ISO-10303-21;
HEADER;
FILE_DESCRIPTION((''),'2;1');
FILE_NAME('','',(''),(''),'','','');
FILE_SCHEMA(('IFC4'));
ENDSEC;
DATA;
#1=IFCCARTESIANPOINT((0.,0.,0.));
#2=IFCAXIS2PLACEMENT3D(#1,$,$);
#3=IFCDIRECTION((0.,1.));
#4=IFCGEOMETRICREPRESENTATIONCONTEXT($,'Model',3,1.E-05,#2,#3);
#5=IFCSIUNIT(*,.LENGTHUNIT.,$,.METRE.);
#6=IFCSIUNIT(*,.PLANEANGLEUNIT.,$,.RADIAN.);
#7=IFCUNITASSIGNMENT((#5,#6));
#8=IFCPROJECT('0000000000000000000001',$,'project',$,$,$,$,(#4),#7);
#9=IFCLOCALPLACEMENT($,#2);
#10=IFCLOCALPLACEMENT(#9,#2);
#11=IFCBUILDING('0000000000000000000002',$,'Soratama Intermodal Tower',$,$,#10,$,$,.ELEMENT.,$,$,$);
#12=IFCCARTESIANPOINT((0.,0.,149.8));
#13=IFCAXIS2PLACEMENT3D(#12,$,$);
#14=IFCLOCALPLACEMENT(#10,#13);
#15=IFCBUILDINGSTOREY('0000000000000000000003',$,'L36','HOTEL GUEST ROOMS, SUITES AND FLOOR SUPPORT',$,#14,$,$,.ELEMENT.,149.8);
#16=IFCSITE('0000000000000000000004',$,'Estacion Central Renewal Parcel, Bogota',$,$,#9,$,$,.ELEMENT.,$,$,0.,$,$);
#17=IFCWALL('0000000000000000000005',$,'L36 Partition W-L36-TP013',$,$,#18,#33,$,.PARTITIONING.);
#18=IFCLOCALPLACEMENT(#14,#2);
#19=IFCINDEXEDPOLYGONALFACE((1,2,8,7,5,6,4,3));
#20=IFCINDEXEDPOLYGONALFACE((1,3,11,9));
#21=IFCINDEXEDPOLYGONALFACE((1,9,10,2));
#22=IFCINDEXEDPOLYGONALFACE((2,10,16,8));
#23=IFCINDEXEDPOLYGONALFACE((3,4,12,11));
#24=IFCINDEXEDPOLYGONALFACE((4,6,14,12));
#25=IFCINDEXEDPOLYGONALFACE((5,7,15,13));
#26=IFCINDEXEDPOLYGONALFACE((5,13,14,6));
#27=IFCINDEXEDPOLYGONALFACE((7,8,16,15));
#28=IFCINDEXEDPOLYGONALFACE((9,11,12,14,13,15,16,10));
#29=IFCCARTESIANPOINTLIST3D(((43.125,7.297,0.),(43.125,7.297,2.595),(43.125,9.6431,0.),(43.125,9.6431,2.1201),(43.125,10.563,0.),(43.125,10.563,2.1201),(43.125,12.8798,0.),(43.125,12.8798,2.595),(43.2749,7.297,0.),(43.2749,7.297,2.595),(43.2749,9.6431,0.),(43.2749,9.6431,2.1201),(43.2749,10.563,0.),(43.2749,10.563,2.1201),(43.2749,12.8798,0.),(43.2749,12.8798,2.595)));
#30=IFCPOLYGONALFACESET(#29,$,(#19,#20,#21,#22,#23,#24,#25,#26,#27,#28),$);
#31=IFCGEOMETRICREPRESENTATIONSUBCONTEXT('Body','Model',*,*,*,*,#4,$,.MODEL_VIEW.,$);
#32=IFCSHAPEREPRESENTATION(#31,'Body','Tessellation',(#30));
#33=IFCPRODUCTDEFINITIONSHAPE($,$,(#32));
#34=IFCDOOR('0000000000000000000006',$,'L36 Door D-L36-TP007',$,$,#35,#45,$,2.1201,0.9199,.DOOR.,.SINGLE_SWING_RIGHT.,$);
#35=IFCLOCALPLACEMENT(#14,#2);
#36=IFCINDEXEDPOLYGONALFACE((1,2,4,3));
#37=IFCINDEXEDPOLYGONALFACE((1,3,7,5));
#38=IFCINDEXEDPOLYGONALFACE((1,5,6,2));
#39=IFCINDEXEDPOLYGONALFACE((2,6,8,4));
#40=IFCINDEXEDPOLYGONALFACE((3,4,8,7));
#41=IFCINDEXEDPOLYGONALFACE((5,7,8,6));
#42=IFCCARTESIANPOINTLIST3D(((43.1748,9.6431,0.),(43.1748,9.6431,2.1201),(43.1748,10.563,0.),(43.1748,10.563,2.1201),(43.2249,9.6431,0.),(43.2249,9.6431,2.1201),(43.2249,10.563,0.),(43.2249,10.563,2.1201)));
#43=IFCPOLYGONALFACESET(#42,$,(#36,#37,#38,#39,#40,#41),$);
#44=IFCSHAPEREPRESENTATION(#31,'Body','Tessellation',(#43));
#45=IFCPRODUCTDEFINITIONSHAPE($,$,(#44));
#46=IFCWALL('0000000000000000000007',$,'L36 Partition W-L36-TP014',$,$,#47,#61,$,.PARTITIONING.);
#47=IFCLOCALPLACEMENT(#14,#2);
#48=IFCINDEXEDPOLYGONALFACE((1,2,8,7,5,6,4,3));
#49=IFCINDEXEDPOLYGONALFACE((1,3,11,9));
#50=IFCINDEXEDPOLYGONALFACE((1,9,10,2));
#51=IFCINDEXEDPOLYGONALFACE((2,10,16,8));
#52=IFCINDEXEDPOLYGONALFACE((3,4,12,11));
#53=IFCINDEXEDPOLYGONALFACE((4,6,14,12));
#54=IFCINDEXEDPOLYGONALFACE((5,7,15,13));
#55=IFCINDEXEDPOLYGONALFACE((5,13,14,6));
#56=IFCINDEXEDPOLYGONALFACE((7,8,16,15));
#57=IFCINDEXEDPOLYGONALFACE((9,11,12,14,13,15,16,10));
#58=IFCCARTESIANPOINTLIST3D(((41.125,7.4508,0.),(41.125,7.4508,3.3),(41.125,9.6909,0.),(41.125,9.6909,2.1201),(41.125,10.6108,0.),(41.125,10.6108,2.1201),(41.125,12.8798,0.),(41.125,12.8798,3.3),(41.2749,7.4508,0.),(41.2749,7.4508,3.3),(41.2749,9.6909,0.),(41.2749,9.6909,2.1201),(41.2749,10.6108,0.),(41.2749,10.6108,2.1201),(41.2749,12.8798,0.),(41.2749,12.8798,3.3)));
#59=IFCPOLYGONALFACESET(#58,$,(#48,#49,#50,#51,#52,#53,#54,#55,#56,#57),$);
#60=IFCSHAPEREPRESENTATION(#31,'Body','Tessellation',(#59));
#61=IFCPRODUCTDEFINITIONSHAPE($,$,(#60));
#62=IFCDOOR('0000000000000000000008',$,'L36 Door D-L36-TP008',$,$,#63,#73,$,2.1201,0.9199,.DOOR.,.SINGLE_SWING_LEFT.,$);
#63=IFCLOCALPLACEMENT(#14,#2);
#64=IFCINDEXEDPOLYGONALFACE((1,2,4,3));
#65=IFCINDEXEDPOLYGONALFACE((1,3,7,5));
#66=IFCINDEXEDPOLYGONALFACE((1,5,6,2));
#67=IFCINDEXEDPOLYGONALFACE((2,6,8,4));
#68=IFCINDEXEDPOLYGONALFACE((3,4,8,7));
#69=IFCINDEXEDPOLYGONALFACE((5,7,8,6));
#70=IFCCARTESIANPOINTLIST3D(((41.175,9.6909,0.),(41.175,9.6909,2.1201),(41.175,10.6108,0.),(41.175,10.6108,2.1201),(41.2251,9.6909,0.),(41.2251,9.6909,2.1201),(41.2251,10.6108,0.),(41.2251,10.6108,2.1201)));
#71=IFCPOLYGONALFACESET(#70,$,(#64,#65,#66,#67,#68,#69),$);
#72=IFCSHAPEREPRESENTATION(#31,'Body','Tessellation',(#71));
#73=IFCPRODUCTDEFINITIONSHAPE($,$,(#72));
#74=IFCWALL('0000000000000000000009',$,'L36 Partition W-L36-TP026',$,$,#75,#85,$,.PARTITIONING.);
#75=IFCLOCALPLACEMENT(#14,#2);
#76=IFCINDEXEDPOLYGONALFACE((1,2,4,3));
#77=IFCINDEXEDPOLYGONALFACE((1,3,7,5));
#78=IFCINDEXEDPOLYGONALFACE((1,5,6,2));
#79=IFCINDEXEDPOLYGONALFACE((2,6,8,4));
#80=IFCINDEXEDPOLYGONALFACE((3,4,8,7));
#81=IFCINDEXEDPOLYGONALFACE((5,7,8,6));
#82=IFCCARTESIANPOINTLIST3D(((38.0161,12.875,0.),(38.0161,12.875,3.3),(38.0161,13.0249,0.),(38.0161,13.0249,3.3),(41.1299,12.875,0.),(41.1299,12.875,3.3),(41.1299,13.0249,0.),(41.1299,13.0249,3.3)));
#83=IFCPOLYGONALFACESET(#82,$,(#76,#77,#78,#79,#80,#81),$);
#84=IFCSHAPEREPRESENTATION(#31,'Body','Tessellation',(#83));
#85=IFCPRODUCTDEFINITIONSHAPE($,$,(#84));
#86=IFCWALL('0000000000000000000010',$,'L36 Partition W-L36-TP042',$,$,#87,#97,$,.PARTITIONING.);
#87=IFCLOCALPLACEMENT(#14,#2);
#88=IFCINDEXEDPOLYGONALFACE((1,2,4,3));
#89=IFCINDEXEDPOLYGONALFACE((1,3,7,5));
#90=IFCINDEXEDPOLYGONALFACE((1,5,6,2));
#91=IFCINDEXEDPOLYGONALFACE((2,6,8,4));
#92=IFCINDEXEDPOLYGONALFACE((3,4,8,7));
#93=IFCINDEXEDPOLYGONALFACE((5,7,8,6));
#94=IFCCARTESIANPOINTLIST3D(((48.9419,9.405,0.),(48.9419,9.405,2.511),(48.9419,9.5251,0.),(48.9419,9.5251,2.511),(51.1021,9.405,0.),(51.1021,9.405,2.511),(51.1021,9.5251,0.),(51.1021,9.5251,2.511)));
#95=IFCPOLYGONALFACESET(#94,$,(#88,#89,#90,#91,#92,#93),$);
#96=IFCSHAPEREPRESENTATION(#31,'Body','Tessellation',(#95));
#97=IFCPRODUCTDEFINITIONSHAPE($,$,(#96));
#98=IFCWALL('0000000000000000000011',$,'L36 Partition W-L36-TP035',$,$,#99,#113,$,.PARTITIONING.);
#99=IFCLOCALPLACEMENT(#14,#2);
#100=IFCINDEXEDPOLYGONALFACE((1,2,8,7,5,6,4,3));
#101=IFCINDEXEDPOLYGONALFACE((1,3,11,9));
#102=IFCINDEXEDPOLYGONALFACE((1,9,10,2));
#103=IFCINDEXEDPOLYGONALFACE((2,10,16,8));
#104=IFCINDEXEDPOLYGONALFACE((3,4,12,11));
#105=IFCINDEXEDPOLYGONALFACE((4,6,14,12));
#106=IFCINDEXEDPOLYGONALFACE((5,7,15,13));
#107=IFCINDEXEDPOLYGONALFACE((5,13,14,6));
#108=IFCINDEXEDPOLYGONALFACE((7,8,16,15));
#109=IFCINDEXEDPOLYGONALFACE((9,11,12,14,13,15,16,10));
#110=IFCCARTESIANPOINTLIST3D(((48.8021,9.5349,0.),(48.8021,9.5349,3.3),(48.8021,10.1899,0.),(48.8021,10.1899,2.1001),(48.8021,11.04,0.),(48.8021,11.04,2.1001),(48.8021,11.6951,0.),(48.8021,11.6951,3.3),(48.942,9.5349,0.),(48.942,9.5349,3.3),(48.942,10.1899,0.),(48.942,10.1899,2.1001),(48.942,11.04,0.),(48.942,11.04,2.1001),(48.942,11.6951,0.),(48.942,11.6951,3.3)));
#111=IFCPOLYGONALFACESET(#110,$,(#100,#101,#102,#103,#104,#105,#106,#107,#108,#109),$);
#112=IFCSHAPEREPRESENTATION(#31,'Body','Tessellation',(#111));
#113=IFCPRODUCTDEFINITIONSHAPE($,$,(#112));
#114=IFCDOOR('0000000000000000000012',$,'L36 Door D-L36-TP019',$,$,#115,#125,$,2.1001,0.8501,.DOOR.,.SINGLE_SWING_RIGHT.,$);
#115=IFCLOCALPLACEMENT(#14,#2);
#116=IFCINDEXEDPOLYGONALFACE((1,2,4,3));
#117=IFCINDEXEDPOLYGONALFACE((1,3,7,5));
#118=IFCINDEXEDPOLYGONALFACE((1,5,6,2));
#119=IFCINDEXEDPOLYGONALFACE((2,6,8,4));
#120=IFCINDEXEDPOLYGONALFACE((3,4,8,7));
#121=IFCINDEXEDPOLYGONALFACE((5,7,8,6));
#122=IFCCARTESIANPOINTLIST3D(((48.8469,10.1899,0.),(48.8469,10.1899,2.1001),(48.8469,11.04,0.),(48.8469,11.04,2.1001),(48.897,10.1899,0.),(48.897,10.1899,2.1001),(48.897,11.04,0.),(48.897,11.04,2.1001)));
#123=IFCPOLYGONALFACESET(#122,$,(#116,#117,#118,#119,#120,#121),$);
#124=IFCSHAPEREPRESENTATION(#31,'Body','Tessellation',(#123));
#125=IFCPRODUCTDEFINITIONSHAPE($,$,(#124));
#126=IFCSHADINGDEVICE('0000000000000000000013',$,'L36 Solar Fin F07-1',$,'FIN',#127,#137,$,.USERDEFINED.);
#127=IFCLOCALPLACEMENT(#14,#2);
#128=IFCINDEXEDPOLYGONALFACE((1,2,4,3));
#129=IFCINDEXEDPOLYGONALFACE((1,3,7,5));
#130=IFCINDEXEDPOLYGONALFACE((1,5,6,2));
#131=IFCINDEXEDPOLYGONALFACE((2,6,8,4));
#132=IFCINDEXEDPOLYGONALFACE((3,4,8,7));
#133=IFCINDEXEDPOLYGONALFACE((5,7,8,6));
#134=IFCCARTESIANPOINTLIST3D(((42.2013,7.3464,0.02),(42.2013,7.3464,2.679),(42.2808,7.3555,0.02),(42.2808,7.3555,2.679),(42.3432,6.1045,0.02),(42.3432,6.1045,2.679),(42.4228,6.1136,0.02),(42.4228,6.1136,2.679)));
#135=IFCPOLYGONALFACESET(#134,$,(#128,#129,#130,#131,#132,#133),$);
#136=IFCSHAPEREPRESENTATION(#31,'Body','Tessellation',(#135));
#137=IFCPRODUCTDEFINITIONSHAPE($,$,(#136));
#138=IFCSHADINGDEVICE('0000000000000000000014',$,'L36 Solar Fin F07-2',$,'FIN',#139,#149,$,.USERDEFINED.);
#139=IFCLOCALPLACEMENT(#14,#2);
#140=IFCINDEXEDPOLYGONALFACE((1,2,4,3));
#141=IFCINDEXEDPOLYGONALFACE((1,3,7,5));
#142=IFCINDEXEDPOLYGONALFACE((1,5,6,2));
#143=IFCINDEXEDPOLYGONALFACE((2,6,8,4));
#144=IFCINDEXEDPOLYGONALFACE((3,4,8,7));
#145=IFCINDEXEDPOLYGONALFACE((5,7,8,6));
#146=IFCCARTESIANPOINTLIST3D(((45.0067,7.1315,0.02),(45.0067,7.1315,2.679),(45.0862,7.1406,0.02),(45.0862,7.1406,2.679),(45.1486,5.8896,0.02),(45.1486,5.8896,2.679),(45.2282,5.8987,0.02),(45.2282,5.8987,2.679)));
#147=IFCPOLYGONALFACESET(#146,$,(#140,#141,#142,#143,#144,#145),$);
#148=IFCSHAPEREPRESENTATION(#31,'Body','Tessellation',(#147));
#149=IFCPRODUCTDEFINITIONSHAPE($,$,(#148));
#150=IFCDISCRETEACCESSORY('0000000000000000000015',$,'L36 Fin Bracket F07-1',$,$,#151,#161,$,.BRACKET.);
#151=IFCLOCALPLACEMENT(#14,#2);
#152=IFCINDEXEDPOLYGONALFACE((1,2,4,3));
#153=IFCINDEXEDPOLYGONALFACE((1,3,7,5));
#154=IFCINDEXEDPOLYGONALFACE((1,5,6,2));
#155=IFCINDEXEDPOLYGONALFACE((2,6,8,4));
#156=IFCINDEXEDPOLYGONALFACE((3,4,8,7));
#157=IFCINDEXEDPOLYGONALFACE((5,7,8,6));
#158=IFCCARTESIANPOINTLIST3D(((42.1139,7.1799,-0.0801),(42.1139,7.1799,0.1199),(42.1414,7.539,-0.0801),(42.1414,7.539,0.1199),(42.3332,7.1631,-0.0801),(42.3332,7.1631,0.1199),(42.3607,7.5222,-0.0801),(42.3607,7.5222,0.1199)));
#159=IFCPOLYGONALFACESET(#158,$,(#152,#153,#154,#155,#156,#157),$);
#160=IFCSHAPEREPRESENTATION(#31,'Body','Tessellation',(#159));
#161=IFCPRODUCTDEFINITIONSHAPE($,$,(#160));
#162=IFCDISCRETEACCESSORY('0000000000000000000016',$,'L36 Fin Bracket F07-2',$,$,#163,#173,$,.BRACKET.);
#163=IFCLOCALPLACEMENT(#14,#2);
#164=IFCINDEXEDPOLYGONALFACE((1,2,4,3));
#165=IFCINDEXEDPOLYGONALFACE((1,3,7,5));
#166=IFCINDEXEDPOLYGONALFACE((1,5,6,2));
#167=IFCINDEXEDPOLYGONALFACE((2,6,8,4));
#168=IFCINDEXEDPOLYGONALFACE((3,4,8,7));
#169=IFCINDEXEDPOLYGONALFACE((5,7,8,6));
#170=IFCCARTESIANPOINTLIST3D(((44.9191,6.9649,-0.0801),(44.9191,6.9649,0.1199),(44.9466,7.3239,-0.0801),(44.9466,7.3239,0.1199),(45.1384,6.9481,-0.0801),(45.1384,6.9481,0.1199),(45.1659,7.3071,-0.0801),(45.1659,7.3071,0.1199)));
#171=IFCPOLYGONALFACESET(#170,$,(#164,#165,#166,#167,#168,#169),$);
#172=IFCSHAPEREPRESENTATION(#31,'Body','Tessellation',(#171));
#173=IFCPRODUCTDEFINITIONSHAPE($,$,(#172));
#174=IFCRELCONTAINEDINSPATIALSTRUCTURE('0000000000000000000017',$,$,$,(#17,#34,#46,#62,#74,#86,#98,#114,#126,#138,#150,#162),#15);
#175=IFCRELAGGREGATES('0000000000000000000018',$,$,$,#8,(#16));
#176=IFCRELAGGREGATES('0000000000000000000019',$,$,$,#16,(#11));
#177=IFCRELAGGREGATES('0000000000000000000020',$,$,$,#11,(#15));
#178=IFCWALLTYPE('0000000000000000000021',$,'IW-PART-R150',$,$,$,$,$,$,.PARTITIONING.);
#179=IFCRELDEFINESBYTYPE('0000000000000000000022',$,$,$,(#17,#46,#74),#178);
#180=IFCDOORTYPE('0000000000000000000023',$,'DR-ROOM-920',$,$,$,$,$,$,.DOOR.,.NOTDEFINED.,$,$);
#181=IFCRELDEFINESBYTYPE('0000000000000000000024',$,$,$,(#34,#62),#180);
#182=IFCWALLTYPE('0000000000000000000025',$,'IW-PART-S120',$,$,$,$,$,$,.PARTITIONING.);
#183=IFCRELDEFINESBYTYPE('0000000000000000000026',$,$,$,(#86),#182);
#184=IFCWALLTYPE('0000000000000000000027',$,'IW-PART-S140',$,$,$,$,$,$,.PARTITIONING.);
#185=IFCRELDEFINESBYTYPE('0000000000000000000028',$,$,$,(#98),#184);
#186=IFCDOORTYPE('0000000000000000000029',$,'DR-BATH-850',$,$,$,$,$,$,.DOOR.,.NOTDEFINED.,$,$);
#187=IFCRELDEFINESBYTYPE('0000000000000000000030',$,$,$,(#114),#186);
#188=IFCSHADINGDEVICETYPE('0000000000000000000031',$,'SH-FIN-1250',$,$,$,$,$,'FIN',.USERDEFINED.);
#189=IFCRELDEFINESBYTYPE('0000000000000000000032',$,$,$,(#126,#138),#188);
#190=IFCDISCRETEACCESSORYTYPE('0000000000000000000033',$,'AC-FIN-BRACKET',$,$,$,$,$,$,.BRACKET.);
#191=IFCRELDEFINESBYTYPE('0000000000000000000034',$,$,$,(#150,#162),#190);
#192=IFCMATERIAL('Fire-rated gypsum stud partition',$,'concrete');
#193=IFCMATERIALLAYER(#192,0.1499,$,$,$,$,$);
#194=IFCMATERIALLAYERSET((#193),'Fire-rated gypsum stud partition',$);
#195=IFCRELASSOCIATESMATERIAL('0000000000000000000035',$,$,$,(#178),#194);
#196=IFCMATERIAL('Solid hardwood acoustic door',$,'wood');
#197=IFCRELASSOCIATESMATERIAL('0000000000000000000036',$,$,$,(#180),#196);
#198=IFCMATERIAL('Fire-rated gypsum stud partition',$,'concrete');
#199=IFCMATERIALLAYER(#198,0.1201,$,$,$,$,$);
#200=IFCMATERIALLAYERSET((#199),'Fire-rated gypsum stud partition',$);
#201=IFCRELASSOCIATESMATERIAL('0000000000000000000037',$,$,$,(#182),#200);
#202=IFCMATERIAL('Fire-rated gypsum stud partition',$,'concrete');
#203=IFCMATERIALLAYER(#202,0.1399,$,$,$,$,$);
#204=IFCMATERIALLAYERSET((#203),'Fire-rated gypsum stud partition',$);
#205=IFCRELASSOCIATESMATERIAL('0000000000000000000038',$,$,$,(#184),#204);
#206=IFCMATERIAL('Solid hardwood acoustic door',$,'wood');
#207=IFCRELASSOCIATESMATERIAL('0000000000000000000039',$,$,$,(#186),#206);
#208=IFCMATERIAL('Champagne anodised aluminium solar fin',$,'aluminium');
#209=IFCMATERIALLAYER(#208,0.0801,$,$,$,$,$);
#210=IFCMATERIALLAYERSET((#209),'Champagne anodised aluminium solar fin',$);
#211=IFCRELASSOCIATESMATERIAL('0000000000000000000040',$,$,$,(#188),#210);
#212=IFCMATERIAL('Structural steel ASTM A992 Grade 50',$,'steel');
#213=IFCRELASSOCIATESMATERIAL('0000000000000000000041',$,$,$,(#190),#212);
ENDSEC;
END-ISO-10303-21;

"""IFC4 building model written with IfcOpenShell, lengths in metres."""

from ifc_helpers import new_model, si_unit, direction, frame, frame_2d, origin, origin_2d, place, context, subcontext, project, spatial, rectangle, extrude, material, layer, layer_set, type_object, element, fill, save


model = new_model("IFC4")

# Units and contexts
model_context = context("Model", 3, precision=1e-05, world=origin(), true_north=direction((0.0, 1.0)))
body_context = subcontext(model_context, "Body", "Model", "MODEL_VIEW")
ifc_project = project(units=[si_unit("LENGTHUNIT", "METRE"), si_unit("PLANEANGLEUNIT", "RADIAN")], contexts=[model_context])

# Site, building, storey
site_placement = place(None, origin())
site = spatial("IfcSite", under=ifc_project, at=site_placement, Name="Estacion Central Renewal Parcel, Bogota", CompositionType="ELEMENT", RefElevation=0.0)
building_placement = place(site_placement, origin())
building = spatial("IfcBuilding", under=site, at=building_placement, Name="Soratama Intermodal Tower", CompositionType="ELEMENT")
storey_placement = place(building_placement, frame((0.0, 0.0, 149.8)))
storey = spatial("IfcBuildingStorey", under=building, at=storey_placement, Name="L36", Description="HOTEL GUEST ROOMS, SUITES AND FLOOR SUPPORT", CompositionType="ELEMENT", Elevation=149.8)

# Walls, openings, doors
ifc_material_1 = material(Name="Fire-rated gypsum stud partition", Category="concrete")
ifc_layer_1 = layer(ifc_material_1, 0.1499)
ifc_layer_set_1 = layer_set([ifc_layer_1], Name="Fire-rated gypsum stud partition")
wall_type_1 = type_object("IfcWallType", Name="IW-PART-R150", PredefinedType="PARTITIONING", material=ifc_layer_set_1)
wall_1_placement = place(storey_placement, frame((43.2, 12.8799, 0.0), z_axis=(0.0, 0.0, 1.0), x_axis=(0.0, -1.0, 0.0)))
wall_1 = element("IfcWall", 1, at=wall_1_placement, inside=storey, type_object=wall_type_1, Name="L36 Partition W-L36-TP013", PredefinedType="PARTITIONING", context=body_context, shape_type="SweptSolid", body=[
    extrude(rectangle(XDim=5.5828, YDim=0.1499, at=frame_2d((2.7915, 0.0))), origin(), (0.0, 0.0, 1.0), 2.595),
])
opening_1_placement = place(wall_1_placement, frame((2.3169, 0.0, 0.0)))
opening_1 = element("IfcOpeningElement", 2, at=opening_1_placement, cuts=wall_1, PredefinedType="OPENING", context=body_context, shape_type="SweptSolid", body=[
    extrude(rectangle(XDim=0.9199, YDim=2.1201, at=frame_2d((0.46, 1.0601))), frame((0.0, 0.085, 0.0), z_axis=(0.0, -1.0, 0.0), x_axis=(1.0, 0.0, 0.0)), (0.0, 0.0, 1.0), 0.1699),
])
ifc_material_2 = material(Name="Solid hardwood acoustic door", Category="wood")
door_type_1 = type_object("IfcDoorType", Name="DR-ROOM-920", OperationType="NOTDEFINED", PredefinedType="DOOR", material=ifc_material_2)
door_1_placement = place(opening_1_placement, origin())
door_1 = element("IfcDoor", 3, at=door_1_placement, inside=storey, type_object=door_type_1, Name="L36 Door D-L36-TP007", OperationType="SINGLE_SWING_RIGHT", OverallHeight=2.1201, OverallWidth=0.9199, PredefinedType="DOOR", context=body_context, shape_type="SweptSolid", body=[
    extrude(rectangle(XDim=0.9199, YDim=2.1201, at=frame_2d((0.46, 1.0601))), frame((0.0, 0.0249, 0.0), z_axis=(0.0, -1.0, 0.0), x_axis=(1.0, 0.0, 0.0)), (0.0, 0.0, 1.0), 0.05),
])
fill(opening_1, door_1)
wall_2_placement = place(storey_placement, frame((41.2, 7.4509, 0.0), z_axis=(0.0, 0.0, 1.0), x_axis=(0.0, 1.0, 0.0)))
wall_2 = element("IfcWall", 4, at=wall_2_placement, inside=storey, type_object=wall_type_1, Name="L36 Partition W-L36-TP014", PredefinedType="PARTITIONING", context=body_context, shape_type="SweptSolid", body=[
    extrude(rectangle(XDim=5.429, YDim=0.1499, at=frame_2d((2.7144, 0.0))), origin(), (0.0, 0.0, 1.0), 3.3),
])
opening_2_placement = place(wall_2_placement, frame((2.24, 0.0, 0.0)))
opening_2 = element("IfcOpeningElement", 5, at=opening_2_placement, cuts=wall_2, PredefinedType="OPENING", context=body_context, shape_type="SweptSolid", body=[
    extrude(rectangle(XDim=0.9199, YDim=2.1201, at=frame_2d((0.46, 1.0601))), frame((0.0, 0.085, 0.0), z_axis=(0.0, -1.0, 0.0), x_axis=(1.0, 0.0, 0.0)), (0.0, 0.0, 1.0), 0.1699),
])
door_2_placement = place(opening_2_placement, origin())
door_2 = element("IfcDoor", 6, at=door_2_placement, inside=storey, type_object=door_type_1, Name="L36 Door D-L36-TP008", OperationType="SINGLE_SWING_LEFT", OverallHeight=2.1201, OverallWidth=0.9199, PredefinedType="DOOR", context=body_context, shape_type="SweptSolid", body=[
    extrude(rectangle(XDim=0.9199, YDim=2.1201, at=frame_2d((0.46, 1.0601))), frame((0.0, 0.0249, 0.0), z_axis=(0.0, -1.0, 0.0), x_axis=(1.0, 0.0, 0.0)), (0.0, 0.0, 1.0), 0.05),
])
fill(opening_2, door_2)

# Walls
wall_3_placement = place(storey_placement, frame((41.1299, 12.95, 0.0), z_axis=(0.0, 0.0, 1.0), x_axis=(-1.0, 0.0, 0.0)))
element("IfcWall", 7, at=wall_3_placement, inside=storey, type_object=wall_type_1, Name="L36 Partition W-L36-TP026", PredefinedType="PARTITIONING", context=body_context, shape_type="SweptSolid", body=[
    extrude(rectangle(XDim=3.1138, YDim=0.1499, at=frame_2d((1.5569, 0.0))), origin(), (0.0, 0.0, 1.0), 3.3),
])
ifc_material_3 = material(Name="Fire-rated gypsum stud partition", Category="concrete")
ifc_layer_2 = layer(ifc_material_3, 0.1201)
ifc_layer_set_2 = layer_set([ifc_layer_2], Name="Fire-rated gypsum stud partition")
wall_type_2 = type_object("IfcWallType", Name="IW-PART-S120", PredefinedType="PARTITIONING", material=ifc_layer_set_2)
wall_4_placement = place(storey_placement, frame((48.9419, 9.4651, 0.0), z_axis=(0.0, 0.0, 1.0), x_axis=(1.0, 0.0, 0.0)))
element("IfcWall", 8, at=wall_4_placement, inside=storey, type_object=wall_type_2, Name="L36 Partition W-L36-TP042", PredefinedType="PARTITIONING", context=body_context, shape_type="SweptSolid", body=[
    extrude(rectangle(XDim=2.1602, YDim=0.1201, at=frame_2d((1.0801, 0.0))), origin(), (0.0, 0.0, 1.0), 2.511),
])

# Wall, opening, door
ifc_material_4 = material(Name="Fire-rated gypsum stud partition", Category="concrete")
ifc_layer_3 = layer(ifc_material_4, 0.1399)
ifc_layer_set_3 = layer_set([ifc_layer_3], Name="Fire-rated gypsum stud partition")
wall_type_3 = type_object("IfcWallType", Name="IW-PART-S140", PredefinedType="PARTITIONING", material=ifc_layer_set_3)
wall_5_placement = place(storey_placement, frame((48.8721, 11.6951, 0.0), z_axis=(0.0, 0.0, 1.0), x_axis=(0.0, -1.0, 0.0)))
wall_5 = element("IfcWall", 9, at=wall_5_placement, inside=storey, type_object=wall_type_3, Name="L36 Partition W-L36-TP035", PredefinedType="PARTITIONING", context=body_context, shape_type="SweptSolid", body=[
    extrude(rectangle(XDim=2.1602, YDim=0.1399, at=frame_2d((1.0801, 0.0))), origin(), (0.0, 0.0, 1.0), 3.3),
])
opening_3_placement = place(wall_5_placement, frame((0.655, 0.0, 0.0)))
opening_3 = element("IfcOpeningElement", 10, at=opening_3_placement, cuts=wall_5, PredefinedType="OPENING", context=body_context, shape_type="SweptSolid", body=[
    extrude(rectangle(XDim=0.8501, YDim=2.1001, at=frame_2d((0.425, 1.05))), frame((0.0, 0.0798, 0.0), z_axis=(0.0, -1.0, 0.0), x_axis=(1.0, 0.0, 0.0)), (0.0, 0.0, 1.0), 0.1599),
])
ifc_material_5 = material(Name="Solid hardwood acoustic door", Category="wood")
door_type_2 = type_object("IfcDoorType", Name="DR-BATH-850", OperationType="NOTDEFINED", PredefinedType="DOOR", material=ifc_material_5)
door_3_placement = place(opening_3_placement, origin())
door_3 = element("IfcDoor", 11, at=door_3_placement, inside=storey, type_object=door_type_2, Name="L36 Door D-L36-TP019", OperationType="SINGLE_SWING_RIGHT", OverallHeight=2.1001, OverallWidth=0.8501, PredefinedType="DOOR", context=body_context, shape_type="SweptSolid", body=[
    extrude(rectangle(XDim=0.8501, YDim=2.1001, at=frame_2d((0.425, 1.05))), frame((0.0, 0.0249, 0.0), z_axis=(0.0, -1.0, 0.0), x_axis=(1.0, 0.0, 0.0)), (0.0, 0.0, 1.0), 0.05),
])
fill(opening_3, door_3)

# Shading devices
ifc_material_6 = material(Name="Champagne anodised aluminium solar fin", Category="aluminium")
ifc_layer_4 = layer(ifc_material_6, 0.0801)
ifc_layer_set_4 = layer_set([ifc_layer_4], Name="Champagne anodised aluminium solar fin")
shading_device_type = type_object("IfcShadingDeviceType", Name="SH-FIN-1250", ElementType="FIN", PredefinedType="USERDEFINED", material=ifc_layer_set_4)
for number, where, z_axis, x_axis, name in (
    (12, (42.312, 6.73, 0.02), (0.0, 0.0, 1.0), (0.11355, -0.993532, 0.0), "L36 Solar Fin F07-1"),
    (13, (45.1174, 6.5151, 0.02), (0.0, 0.0, 1.0), (0.11355, -0.993532, 0.0), "L36 Solar Fin F07-2"),
):
    element("IfcShadingDevice", number, at=place(storey_placement, frame(where, z_axis=z_axis, x_axis=x_axis)), inside=storey, type_object=shading_device_type, Name=name, ObjectType="FIN", PredefinedType="USERDEFINED", context=body_context, shape_type="SweptSolid", body=[
        extrude(rectangle(XDim=1.25, YDim=0.0801, at=origin_2d()), origin(), (0.0, 0.0, 1.0), 2.6589),
    ])

# Discrete accessories
ifc_material_7 = material(Name="Structural steel ASTM A992 Grade 50", Category="steel")
discrete_accessory_type = type_object("IfcDiscreteAccessoryType", Name="AC-FIN-BRACKET", PredefinedType="BRACKET", material=ifc_material_7)
for number, where, z_axis, x_axis, name in (
    (14, (42.2373, 7.3511, -0.0801), (0.0, 0.0, 1.0), (-0.076371, -0.997079, 0.0), "L36 Fin Bracket F07-1"),
    (15, (45.0425, 7.136, -0.0801), (0.0, 0.0, 1.0), (-0.076371, -0.997079, 0.0), "L36 Fin Bracket F07-2"),
):
    element("IfcDiscreteAccessory", number, at=place(storey_placement, frame(where, z_axis=z_axis, x_axis=x_axis)), inside=storey, type_object=discrete_accessory_type, Name=name, PredefinedType="BRACKET", context=body_context, shape_type="SweptSolid", body=[
        extrude(rectangle(XDim=0.3601, YDim=0.22, at=origin_2d()), origin(), (0.0, 0.0, 1.0), 0.2),
    ])

save(model, "model.ifc")
